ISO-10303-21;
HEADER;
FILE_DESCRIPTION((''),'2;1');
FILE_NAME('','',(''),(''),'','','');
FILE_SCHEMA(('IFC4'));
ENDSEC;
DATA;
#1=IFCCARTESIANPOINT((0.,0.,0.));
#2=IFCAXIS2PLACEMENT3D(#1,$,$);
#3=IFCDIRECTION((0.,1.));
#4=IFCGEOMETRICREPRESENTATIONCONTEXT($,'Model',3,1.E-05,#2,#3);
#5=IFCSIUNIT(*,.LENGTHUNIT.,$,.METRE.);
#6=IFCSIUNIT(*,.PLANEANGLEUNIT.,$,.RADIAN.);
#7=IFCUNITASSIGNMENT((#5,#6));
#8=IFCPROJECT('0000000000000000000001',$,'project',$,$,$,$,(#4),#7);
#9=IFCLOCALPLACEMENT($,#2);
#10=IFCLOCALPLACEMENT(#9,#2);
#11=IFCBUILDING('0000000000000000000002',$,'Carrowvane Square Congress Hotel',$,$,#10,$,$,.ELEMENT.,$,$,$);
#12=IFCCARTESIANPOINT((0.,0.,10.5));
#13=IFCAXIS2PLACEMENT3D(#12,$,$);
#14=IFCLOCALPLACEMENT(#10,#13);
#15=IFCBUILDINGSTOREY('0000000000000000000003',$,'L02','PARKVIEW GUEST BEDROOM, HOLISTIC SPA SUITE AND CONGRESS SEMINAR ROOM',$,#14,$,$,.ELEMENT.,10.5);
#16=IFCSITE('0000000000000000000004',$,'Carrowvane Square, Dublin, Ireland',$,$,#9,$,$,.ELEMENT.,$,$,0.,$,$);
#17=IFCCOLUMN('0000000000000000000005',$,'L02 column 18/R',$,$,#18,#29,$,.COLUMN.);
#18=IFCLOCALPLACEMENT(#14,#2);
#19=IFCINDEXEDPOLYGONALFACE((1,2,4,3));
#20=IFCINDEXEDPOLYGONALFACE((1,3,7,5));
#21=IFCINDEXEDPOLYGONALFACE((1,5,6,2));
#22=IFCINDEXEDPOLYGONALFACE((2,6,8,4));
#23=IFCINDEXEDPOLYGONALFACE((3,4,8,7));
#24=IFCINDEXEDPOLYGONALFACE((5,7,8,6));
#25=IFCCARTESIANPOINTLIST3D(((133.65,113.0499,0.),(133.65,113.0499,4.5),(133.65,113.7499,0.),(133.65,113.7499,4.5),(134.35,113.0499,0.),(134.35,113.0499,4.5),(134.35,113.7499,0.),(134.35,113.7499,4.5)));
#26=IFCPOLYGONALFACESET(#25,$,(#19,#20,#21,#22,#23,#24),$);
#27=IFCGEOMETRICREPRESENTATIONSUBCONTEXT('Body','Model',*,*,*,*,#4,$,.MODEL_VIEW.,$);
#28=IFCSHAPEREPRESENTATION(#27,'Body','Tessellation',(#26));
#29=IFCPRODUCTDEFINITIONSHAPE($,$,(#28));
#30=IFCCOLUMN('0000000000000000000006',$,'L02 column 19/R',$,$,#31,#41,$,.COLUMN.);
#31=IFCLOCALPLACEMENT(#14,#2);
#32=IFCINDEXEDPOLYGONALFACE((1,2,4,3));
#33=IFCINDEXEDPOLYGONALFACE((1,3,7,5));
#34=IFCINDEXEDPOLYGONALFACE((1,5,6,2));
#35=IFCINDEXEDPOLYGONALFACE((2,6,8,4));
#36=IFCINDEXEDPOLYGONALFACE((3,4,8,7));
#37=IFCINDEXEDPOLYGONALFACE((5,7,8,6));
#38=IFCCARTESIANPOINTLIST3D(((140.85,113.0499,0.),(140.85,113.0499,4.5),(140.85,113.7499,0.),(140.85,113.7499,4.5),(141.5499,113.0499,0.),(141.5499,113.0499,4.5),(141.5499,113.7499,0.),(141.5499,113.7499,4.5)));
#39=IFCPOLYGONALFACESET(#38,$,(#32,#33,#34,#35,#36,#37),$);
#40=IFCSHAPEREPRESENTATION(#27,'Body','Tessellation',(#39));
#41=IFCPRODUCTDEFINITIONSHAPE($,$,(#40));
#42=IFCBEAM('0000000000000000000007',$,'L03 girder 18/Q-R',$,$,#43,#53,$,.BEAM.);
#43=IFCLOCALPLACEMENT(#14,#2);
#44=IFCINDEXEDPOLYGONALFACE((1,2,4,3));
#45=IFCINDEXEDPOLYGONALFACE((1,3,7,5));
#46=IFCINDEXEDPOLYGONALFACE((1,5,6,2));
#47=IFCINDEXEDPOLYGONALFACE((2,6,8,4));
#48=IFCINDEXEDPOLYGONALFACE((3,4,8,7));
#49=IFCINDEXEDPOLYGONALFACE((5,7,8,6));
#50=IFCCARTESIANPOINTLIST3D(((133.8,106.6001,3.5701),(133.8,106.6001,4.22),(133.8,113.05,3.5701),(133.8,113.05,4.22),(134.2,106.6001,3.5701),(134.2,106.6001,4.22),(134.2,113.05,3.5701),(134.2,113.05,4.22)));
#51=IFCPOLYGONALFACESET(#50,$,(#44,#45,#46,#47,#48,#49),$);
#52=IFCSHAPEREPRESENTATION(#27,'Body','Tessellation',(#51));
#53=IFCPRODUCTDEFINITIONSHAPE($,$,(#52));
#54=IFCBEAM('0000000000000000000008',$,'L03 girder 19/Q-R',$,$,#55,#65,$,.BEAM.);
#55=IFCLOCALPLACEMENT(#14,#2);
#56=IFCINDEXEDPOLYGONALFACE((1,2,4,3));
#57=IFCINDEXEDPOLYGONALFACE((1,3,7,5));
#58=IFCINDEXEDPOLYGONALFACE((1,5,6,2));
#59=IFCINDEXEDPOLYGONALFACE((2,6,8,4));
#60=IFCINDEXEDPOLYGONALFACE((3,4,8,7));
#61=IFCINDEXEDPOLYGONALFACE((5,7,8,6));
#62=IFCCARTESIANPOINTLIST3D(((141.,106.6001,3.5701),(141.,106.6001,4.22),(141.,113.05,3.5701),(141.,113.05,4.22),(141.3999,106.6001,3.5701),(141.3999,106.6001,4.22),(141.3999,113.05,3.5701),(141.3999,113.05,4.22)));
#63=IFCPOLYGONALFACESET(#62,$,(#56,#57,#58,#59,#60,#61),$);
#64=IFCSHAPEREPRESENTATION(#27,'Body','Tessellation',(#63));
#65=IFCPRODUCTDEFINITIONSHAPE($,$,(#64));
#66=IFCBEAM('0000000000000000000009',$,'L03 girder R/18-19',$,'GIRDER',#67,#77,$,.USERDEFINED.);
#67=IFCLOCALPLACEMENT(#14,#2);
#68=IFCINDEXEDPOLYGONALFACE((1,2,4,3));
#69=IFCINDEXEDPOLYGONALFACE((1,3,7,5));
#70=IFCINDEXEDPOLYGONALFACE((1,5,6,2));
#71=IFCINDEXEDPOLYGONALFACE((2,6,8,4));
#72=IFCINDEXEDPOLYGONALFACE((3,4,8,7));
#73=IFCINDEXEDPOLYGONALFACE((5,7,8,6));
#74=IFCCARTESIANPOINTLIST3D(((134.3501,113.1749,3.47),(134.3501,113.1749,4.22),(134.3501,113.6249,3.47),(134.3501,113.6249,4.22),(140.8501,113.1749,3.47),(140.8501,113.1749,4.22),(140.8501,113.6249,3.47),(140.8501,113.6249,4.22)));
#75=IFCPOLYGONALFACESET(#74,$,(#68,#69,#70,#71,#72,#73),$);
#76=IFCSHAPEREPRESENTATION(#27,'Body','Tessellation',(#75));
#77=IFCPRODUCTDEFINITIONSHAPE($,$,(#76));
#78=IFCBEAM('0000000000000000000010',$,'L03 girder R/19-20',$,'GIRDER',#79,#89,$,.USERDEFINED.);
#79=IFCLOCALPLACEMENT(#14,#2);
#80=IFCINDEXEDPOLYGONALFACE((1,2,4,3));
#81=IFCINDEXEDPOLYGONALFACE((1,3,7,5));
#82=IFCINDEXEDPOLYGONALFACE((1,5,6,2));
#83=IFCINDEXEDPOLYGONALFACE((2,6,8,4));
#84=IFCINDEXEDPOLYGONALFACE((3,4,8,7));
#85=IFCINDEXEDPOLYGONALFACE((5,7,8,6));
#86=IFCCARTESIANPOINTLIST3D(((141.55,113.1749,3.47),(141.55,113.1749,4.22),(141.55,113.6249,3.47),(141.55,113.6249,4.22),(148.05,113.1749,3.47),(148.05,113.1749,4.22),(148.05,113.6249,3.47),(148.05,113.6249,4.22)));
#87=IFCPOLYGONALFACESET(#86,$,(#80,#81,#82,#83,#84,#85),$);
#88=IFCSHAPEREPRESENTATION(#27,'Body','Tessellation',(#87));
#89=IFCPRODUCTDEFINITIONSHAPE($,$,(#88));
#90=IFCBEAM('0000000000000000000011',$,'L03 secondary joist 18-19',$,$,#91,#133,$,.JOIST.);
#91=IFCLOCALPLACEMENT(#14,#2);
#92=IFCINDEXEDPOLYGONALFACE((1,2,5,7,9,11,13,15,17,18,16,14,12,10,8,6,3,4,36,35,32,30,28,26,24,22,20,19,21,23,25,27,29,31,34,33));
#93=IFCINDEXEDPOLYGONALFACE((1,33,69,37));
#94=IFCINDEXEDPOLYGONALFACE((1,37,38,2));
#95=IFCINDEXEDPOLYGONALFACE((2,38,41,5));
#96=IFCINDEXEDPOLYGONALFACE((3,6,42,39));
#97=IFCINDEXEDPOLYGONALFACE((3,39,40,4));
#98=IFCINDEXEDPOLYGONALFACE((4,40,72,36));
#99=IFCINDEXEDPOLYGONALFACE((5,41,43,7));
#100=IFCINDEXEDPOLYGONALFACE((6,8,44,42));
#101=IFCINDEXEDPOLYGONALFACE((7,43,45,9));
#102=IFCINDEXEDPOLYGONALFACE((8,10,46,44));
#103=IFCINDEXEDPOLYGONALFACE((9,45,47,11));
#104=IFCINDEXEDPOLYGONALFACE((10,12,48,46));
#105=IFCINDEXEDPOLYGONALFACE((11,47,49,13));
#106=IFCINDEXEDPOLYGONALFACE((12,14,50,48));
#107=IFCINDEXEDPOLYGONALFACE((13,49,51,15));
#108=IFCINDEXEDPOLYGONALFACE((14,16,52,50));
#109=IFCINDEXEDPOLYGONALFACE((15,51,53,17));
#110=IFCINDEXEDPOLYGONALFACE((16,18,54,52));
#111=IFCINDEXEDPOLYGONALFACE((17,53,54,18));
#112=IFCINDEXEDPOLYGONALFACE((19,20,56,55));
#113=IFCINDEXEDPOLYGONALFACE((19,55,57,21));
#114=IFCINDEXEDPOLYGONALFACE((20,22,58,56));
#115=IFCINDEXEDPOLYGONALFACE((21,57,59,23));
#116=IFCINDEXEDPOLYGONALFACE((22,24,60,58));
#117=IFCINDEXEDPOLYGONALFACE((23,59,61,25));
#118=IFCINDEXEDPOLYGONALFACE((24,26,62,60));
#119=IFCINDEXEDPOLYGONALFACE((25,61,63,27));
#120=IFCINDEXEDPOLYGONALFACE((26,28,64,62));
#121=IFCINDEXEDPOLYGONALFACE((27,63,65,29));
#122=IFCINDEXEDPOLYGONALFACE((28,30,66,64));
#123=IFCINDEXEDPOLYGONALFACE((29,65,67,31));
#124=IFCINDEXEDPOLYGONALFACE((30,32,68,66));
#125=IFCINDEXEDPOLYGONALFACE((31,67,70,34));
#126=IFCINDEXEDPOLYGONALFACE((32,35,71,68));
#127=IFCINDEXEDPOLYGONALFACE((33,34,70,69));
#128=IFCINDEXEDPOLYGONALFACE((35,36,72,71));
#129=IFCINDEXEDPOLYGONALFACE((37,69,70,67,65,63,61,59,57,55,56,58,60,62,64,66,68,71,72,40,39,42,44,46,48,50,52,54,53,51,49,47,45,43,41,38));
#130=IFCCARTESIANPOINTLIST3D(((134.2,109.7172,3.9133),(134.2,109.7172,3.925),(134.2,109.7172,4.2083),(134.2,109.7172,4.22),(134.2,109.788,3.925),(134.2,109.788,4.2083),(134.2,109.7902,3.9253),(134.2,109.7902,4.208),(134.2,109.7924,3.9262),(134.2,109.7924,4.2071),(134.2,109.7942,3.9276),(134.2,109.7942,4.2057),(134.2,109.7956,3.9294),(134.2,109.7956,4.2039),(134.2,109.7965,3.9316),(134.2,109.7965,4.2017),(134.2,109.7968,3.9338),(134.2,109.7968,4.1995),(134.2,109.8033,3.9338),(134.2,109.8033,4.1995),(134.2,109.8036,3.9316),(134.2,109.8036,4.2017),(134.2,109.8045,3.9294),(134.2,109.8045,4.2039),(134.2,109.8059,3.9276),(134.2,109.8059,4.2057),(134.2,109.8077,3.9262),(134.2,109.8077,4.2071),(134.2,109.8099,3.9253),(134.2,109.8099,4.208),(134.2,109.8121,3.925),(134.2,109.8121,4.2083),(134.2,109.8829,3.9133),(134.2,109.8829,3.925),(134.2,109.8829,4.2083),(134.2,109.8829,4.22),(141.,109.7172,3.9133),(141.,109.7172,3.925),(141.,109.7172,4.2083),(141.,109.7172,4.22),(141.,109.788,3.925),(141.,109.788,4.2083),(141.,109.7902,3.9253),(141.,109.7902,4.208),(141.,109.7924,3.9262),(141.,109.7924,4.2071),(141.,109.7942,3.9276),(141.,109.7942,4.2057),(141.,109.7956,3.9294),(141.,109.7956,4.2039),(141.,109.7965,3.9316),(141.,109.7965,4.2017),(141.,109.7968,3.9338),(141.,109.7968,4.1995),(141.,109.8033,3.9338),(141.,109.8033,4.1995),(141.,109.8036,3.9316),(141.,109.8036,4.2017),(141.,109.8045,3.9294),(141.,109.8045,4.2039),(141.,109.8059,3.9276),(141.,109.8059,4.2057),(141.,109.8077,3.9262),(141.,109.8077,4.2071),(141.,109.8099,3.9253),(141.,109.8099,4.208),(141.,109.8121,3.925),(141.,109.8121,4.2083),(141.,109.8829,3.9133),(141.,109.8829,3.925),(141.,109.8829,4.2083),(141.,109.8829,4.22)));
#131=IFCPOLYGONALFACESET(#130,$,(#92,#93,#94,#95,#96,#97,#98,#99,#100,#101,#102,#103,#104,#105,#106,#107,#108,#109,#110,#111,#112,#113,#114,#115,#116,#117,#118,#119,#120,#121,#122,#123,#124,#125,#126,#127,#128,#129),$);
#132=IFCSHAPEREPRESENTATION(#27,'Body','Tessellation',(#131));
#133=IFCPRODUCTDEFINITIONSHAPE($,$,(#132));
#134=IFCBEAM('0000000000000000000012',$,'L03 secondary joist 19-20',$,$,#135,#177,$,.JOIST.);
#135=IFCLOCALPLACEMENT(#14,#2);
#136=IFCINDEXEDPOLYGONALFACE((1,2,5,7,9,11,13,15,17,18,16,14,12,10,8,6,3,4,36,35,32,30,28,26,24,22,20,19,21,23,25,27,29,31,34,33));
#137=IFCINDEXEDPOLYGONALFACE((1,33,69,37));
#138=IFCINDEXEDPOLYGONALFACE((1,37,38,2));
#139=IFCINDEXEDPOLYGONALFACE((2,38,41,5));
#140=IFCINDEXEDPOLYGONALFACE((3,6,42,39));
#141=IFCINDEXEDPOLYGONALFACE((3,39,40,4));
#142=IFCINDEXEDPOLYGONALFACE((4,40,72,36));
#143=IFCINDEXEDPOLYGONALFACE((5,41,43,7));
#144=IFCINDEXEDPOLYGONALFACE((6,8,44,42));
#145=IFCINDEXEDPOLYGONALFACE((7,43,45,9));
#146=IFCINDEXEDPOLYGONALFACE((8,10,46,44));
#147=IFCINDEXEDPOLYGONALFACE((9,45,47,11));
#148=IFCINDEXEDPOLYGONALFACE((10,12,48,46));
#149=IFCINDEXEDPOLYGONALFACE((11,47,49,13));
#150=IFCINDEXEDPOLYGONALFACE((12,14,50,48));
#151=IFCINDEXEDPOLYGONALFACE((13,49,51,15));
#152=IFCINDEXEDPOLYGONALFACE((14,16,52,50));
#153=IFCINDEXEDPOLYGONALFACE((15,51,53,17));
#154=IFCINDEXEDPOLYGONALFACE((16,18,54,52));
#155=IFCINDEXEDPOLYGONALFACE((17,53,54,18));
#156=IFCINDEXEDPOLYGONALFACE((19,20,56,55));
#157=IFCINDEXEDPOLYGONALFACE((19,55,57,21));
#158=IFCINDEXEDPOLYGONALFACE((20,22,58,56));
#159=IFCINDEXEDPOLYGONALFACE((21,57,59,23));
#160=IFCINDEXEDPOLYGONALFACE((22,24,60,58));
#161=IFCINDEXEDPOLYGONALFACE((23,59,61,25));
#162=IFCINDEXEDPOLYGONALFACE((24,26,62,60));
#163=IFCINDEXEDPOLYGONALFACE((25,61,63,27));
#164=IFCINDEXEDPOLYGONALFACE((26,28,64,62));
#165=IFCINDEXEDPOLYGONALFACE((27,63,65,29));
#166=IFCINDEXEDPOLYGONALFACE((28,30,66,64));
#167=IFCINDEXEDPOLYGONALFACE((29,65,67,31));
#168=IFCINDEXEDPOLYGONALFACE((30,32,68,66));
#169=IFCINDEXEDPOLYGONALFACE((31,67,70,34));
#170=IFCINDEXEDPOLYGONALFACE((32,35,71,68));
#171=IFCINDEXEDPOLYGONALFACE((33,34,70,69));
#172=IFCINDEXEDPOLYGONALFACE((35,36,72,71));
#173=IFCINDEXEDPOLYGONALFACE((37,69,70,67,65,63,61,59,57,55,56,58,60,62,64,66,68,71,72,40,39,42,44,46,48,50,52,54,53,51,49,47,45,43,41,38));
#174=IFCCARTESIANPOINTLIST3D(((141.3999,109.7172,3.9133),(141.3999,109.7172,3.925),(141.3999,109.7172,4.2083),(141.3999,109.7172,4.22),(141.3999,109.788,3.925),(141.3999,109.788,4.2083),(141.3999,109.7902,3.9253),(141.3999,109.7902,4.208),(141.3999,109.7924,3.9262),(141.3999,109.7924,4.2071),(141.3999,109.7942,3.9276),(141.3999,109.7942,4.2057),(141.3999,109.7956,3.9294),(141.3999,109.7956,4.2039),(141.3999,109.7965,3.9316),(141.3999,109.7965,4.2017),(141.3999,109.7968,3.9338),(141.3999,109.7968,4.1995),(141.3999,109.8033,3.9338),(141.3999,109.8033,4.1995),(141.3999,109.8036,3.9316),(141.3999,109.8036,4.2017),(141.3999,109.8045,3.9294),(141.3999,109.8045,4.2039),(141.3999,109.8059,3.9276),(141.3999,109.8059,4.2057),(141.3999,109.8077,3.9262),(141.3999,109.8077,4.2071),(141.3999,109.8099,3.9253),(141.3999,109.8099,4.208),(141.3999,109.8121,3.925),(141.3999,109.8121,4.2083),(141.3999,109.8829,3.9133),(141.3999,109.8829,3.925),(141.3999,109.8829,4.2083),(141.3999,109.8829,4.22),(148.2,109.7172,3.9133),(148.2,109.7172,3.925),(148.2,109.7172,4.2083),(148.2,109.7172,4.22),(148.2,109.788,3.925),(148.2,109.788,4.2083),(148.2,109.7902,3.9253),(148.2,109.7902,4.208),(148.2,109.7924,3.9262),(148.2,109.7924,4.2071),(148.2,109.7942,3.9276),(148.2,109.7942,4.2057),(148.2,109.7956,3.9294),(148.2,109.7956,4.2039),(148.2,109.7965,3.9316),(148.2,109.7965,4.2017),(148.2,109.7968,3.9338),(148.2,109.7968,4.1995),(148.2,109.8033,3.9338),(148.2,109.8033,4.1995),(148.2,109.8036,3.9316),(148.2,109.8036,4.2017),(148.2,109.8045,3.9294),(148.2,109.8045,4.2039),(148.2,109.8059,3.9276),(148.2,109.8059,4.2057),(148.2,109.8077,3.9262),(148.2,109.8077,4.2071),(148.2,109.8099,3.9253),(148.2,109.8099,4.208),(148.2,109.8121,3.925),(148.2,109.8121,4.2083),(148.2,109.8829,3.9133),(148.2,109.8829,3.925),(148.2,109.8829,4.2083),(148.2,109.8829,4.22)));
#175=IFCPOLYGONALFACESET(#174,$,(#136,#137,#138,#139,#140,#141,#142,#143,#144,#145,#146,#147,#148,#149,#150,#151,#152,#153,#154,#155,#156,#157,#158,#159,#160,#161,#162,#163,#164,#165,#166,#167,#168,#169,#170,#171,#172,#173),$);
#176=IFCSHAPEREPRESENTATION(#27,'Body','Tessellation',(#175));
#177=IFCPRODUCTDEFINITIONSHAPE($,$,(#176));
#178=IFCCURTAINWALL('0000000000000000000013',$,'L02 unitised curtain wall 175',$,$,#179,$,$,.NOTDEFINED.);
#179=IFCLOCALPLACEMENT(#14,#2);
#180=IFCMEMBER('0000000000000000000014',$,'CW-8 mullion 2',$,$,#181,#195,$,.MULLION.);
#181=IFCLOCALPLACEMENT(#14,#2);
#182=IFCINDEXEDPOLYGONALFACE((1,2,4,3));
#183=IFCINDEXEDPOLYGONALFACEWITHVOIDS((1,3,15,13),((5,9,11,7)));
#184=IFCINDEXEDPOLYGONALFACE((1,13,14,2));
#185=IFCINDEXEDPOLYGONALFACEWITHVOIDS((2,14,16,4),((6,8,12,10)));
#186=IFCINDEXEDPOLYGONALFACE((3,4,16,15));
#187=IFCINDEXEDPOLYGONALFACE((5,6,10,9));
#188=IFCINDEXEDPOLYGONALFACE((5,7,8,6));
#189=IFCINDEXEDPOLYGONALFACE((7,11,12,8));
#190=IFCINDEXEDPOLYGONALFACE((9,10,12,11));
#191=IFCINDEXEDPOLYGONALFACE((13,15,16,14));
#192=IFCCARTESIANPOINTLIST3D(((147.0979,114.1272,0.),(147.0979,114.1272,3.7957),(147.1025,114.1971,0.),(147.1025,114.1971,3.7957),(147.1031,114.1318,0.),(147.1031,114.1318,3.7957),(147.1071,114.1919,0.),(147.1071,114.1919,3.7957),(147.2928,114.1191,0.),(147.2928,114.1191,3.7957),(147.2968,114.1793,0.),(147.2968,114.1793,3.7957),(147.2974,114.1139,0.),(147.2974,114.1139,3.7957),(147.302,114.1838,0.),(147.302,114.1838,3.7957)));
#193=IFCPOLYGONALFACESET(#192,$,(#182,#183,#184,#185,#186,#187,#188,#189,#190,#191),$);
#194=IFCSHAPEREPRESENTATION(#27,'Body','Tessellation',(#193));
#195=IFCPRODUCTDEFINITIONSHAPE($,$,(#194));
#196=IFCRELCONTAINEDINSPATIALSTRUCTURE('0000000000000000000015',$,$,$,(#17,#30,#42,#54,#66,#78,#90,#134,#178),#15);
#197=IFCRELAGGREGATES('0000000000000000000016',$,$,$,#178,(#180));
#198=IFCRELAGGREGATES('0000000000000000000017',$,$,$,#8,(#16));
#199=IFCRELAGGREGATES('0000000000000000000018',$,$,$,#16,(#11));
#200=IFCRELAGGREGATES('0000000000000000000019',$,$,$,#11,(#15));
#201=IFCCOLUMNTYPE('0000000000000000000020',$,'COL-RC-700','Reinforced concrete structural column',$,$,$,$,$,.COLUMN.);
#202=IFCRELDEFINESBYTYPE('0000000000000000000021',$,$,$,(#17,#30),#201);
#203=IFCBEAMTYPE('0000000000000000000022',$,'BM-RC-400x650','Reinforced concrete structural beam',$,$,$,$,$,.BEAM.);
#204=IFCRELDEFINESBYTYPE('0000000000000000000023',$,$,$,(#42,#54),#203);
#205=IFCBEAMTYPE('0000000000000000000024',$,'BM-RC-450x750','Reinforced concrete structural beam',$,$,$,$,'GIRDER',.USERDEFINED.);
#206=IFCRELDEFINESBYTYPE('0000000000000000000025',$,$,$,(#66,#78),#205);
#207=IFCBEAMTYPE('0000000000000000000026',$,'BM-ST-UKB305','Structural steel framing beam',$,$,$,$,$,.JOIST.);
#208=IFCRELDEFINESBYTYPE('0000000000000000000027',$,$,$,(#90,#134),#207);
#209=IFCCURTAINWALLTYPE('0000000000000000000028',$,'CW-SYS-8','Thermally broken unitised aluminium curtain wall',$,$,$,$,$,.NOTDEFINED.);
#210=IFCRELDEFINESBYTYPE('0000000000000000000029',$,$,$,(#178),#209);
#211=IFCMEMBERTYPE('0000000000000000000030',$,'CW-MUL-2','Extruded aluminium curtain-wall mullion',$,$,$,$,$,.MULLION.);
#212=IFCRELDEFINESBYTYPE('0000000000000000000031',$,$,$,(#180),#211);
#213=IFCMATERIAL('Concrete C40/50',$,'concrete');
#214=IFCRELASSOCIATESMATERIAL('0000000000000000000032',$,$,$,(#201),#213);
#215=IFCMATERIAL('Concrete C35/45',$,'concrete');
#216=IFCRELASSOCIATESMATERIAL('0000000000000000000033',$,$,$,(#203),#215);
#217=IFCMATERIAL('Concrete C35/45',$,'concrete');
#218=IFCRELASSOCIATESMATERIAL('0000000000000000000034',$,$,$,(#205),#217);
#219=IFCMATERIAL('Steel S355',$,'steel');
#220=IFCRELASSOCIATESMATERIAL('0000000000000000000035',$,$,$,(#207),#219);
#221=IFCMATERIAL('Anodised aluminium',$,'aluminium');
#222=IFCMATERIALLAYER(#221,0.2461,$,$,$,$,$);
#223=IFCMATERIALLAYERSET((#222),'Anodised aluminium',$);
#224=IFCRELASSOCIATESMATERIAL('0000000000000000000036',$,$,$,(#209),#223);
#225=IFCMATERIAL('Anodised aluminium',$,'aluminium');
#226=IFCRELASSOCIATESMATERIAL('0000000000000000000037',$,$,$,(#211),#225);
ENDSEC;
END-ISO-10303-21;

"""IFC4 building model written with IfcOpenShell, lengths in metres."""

from ifc_helpers import new_model, si_unit, direction, frame, origin, origin_2d, place, context, subcontext, project, spatial, rectangle, hollow_rectangle, i_section, extrude, material, layer, layer_set, material_profile, profile_set, type_object, element, aggregate, save


model = new_model("IFC4")

# Units and contexts
model_context = context("Model", 3, precision=1e-05, world=origin(), true_north=direction((0.0, 1.0)))
body_context = subcontext(model_context, "Body", "Model", "MODEL_VIEW")
ifc_project = project(units=[si_unit("LENGTHUNIT", "METRE"), si_unit("PLANEANGLEUNIT", "RADIAN")], contexts=[model_context])

# Site, building, storey
site_placement = place(None, origin())
site = spatial("IfcSite", under=ifc_project, at=site_placement, Name="Carrowvane Square, Dublin, Ireland", CompositionType="ELEMENT", RefElevation=0.0)
building_placement = place(site_placement, origin())
building = spatial("IfcBuilding", under=site, at=building_placement, Name="Carrowvane Square Congress Hotel", CompositionType="ELEMENT")
storey_placement = place(building_placement, frame((0.0, 0.0, 10.5)))
storey = spatial("IfcBuildingStorey", under=building, at=storey_placement, Name="L02", Description="PARKVIEW GUEST BEDROOM, HOLISTIC SPA SUITE AND CONGRESS SEMINAR ROOM", CompositionType="ELEMENT", Elevation=10.5)

# Columns
ifc_material_1 = material(Name="Concrete C40/50", Category="concrete")
ifc_material_profile_1 = material_profile(ifc_material_1, rectangle(XDim=0.7, YDim=0.7, at=origin_2d()), Name="RC 700x700")
ifc_profile_set_1 = profile_set([ifc_material_profile_1], Name="Concrete C40/50")
column_type = type_object("IfcColumnType", Name="COL-RC-700", Description="Reinforced concrete structural column", PredefinedType="COLUMN", material=ifc_profile_set_1)
for number, where, z_axis, x_axis, name in (
    (1, (134.0, 113.3999, 0.0), (0.0, 0.0, 1.0), (1.0, 0.0, 0.0), "L02 column 18/R"),
    (2, (141.2, 113.3999, 0.0), (0.0, 0.0, 1.0), (1.0, 0.0, 0.0), "L02 column 19/R"),
):
    element("IfcColumn", number, at=place(storey_placement, frame(where, z_axis=z_axis, x_axis=x_axis)), inside=storey, type_object=column_type, Name=name, PredefinedType="COLUMN", context=body_context, shape_type="SweptSolid", body=[
        extrude(rectangle(XDim=0.7, YDim=0.7, at=origin_2d()), origin(), (0.0, 0.0, 1.0), 4.5),
    ])

# Beams
ifc_material_2 = material(Name="Concrete C35/45", Category="concrete")
ifc_material_profile_2 = material_profile(ifc_material_2, rectangle(XDim=0.3999, YDim=0.6499, at=origin_2d()), Name="RC 400x650")
ifc_profile_set_2 = profile_set([ifc_material_profile_2], Name="Concrete C35/45")
beam_type_1 = type_object("IfcBeamType", Name="BM-RC-400x650", Description="Reinforced concrete structural beam", PredefinedType="BEAM", material=ifc_profile_set_2)
for number, where, z_axis, x_axis, name in (
    (3, (134.0, 106.6001, 3.895), (0.0, 1.0, 0.0), (-1.0, 0.0, 0.0), "L03 girder 18/Q-R"),
    (4, (141.2, 106.6001, 3.895), (0.0, 1.0, 0.0), (-1.0, 0.0, 0.0), "L03 girder 19/Q-R"),
):
    element("IfcBeam", number, at=place(storey_placement, frame(where, z_axis=z_axis, x_axis=x_axis)), inside=storey, type_object=beam_type_1, Name=name, PredefinedType="BEAM", context=body_context, shape_type="SweptSolid", body=[
        extrude(rectangle(XDim=0.3999, YDim=0.6499, at=origin_2d()), origin(), (0.0, 0.0, 1.0), 6.45),
    ])
ifc_material_3 = material(Name="Concrete C35/45", Category="concrete")
ifc_material_profile_3 = material_profile(ifc_material_3, rectangle(XDim=0.45, YDim=0.75, at=origin_2d()), Name="RC 450x750")
ifc_profile_set_3 = profile_set([ifc_material_profile_3], Name="Concrete C35/45")
beam_type_2 = type_object("IfcBeamType", Name="BM-RC-450x750", Description="Reinforced concrete structural beam", ElementType="GIRDER", PredefinedType="USERDEFINED", material=ifc_profile_set_3)
for number, where, z_axis, x_axis, name in (
    (5, (134.3501, 113.3999, 3.845), (1.0, 0.0, 0.0), (0.0, 1.0, 0.0), "L03 girder R/18-19"),
    (6, (141.55, 113.3999, 3.845), (1.0, 0.0, 0.0), (0.0, 1.0, 0.0), "L03 girder R/19-20"),
):
    element("IfcBeam", number, at=place(storey_placement, frame(where, z_axis=z_axis, x_axis=x_axis)), inside=storey, type_object=beam_type_2, Name=name, ObjectType="GIRDER", PredefinedType="USERDEFINED", context=body_context, shape_type="SweptSolid", body=[
        extrude(rectangle(XDim=0.45, YDim=0.75, at=origin_2d()), origin(), (0.0, 0.0, 1.0), 6.5),
    ])
ifc_material_4 = material(Name="Steel S355", Category="steel")
ifc_material_profile_4 = material_profile(ifc_material_4, i_section(OverallWidth=0.1658, OverallDepth=0.3066, WebThickness=0.0066, FlangeThickness=0.0117, FilletRadius=0.0088, at=origin_2d()), Name="UKB 305x165x46")
ifc_profile_set_4 = profile_set([ifc_material_profile_4], Name="Steel S355")
beam_type_3 = type_object("IfcBeamType", Name="BM-ST-UKB305", Description="Structural steel framing beam", PredefinedType="JOIST", material=ifc_profile_set_4)
for number, where, z_axis, x_axis, name in (
    (7, (134.2, 109.8, 4.0667), (1.0, 0.0, 0.0), (0.0, 1.0, 0.0), "L03 secondary joist 18-19"),
    (8, (141.3999, 109.8, 4.0667), (1.0, 0.0, 0.0), (0.0, 1.0, 0.0), "L03 secondary joist 19-20"),
):
    element("IfcBeam", number, at=place(storey_placement, frame(where, z_axis=z_axis, x_axis=x_axis)), inside=storey, type_object=beam_type_3, Name=name, PredefinedType="JOIST", context=body_context, shape_type="SweptSolid", body=[
        extrude(i_section(OverallWidth=0.1658, OverallDepth=0.3066, WebThickness=0.0066, FlangeThickness=0.0117, FilletRadius=0.0088, at=origin_2d()), origin(), (0.0, 0.0, 1.0), 6.8),
    ])

# Curtain wall, member
ifc_material_5 = material(Name="Anodised aluminium", Category="aluminium")
ifc_layer_1 = layer(ifc_material_5, 0.2461)
ifc_layer_set_1 = layer_set([ifc_layer_1], Name="Anodised aluminium")
curtain_wall_type = type_object("IfcCurtainWallType", Name="CW-SYS-8", Description="Thermally broken unitised aluminium curtain wall", PredefinedType="NOTDEFINED", material=ifc_layer_set_1)
curtain_wall_placement = place(storey_placement, origin())
curtain_wall = element("IfcCurtainWall", 9, at=curtain_wall_placement, inside=storey, type_object=curtain_wall_type, Name="L02 unitised curtain wall 175", PredefinedType="NOTDEFINED")
ifc_material_6 = material(Name="Anodised aluminium", Category="aluminium")
ifc_material_profile_5 = material_profile(ifc_material_6, hollow_rectangle(XDim=0.0701, YDim=0.2, WallThickness=0.0049, at=origin_2d()), Name="CW-ML 70x200x5")
ifc_profile_set_5 = profile_set([ifc_material_profile_5], Name="Anodised aluminium")
member_type_1 = type_object("IfcMemberType", Name="CW-MUL-2", Description="Extruded aluminium curtain-wall mullion", PredefinedType="MULLION", material=ifc_profile_set_5)
member_1_placement = place(storey_placement, frame((147.2, 114.1555, 0.0), z_axis=(0.0, 0.0, 1.0), x_axis=(0.066574, 0.997781, 0.0)))
member_1 = element("IfcMember", 10, at=member_1_placement, type_object=member_type_1, Name="CW-8 mullion 2", PredefinedType="MULLION", context=body_context, shape_type="SweptSolid", body=[
    extrude(hollow_rectangle(XDim=0.0701, YDim=0.2, WallThickness=0.0049, at=origin_2d()), origin(), (0.0, 0.0, 1.0), 3.7957),
])
aggregate(curtain_wall, [member_1])

save(model, "model.ifc")
